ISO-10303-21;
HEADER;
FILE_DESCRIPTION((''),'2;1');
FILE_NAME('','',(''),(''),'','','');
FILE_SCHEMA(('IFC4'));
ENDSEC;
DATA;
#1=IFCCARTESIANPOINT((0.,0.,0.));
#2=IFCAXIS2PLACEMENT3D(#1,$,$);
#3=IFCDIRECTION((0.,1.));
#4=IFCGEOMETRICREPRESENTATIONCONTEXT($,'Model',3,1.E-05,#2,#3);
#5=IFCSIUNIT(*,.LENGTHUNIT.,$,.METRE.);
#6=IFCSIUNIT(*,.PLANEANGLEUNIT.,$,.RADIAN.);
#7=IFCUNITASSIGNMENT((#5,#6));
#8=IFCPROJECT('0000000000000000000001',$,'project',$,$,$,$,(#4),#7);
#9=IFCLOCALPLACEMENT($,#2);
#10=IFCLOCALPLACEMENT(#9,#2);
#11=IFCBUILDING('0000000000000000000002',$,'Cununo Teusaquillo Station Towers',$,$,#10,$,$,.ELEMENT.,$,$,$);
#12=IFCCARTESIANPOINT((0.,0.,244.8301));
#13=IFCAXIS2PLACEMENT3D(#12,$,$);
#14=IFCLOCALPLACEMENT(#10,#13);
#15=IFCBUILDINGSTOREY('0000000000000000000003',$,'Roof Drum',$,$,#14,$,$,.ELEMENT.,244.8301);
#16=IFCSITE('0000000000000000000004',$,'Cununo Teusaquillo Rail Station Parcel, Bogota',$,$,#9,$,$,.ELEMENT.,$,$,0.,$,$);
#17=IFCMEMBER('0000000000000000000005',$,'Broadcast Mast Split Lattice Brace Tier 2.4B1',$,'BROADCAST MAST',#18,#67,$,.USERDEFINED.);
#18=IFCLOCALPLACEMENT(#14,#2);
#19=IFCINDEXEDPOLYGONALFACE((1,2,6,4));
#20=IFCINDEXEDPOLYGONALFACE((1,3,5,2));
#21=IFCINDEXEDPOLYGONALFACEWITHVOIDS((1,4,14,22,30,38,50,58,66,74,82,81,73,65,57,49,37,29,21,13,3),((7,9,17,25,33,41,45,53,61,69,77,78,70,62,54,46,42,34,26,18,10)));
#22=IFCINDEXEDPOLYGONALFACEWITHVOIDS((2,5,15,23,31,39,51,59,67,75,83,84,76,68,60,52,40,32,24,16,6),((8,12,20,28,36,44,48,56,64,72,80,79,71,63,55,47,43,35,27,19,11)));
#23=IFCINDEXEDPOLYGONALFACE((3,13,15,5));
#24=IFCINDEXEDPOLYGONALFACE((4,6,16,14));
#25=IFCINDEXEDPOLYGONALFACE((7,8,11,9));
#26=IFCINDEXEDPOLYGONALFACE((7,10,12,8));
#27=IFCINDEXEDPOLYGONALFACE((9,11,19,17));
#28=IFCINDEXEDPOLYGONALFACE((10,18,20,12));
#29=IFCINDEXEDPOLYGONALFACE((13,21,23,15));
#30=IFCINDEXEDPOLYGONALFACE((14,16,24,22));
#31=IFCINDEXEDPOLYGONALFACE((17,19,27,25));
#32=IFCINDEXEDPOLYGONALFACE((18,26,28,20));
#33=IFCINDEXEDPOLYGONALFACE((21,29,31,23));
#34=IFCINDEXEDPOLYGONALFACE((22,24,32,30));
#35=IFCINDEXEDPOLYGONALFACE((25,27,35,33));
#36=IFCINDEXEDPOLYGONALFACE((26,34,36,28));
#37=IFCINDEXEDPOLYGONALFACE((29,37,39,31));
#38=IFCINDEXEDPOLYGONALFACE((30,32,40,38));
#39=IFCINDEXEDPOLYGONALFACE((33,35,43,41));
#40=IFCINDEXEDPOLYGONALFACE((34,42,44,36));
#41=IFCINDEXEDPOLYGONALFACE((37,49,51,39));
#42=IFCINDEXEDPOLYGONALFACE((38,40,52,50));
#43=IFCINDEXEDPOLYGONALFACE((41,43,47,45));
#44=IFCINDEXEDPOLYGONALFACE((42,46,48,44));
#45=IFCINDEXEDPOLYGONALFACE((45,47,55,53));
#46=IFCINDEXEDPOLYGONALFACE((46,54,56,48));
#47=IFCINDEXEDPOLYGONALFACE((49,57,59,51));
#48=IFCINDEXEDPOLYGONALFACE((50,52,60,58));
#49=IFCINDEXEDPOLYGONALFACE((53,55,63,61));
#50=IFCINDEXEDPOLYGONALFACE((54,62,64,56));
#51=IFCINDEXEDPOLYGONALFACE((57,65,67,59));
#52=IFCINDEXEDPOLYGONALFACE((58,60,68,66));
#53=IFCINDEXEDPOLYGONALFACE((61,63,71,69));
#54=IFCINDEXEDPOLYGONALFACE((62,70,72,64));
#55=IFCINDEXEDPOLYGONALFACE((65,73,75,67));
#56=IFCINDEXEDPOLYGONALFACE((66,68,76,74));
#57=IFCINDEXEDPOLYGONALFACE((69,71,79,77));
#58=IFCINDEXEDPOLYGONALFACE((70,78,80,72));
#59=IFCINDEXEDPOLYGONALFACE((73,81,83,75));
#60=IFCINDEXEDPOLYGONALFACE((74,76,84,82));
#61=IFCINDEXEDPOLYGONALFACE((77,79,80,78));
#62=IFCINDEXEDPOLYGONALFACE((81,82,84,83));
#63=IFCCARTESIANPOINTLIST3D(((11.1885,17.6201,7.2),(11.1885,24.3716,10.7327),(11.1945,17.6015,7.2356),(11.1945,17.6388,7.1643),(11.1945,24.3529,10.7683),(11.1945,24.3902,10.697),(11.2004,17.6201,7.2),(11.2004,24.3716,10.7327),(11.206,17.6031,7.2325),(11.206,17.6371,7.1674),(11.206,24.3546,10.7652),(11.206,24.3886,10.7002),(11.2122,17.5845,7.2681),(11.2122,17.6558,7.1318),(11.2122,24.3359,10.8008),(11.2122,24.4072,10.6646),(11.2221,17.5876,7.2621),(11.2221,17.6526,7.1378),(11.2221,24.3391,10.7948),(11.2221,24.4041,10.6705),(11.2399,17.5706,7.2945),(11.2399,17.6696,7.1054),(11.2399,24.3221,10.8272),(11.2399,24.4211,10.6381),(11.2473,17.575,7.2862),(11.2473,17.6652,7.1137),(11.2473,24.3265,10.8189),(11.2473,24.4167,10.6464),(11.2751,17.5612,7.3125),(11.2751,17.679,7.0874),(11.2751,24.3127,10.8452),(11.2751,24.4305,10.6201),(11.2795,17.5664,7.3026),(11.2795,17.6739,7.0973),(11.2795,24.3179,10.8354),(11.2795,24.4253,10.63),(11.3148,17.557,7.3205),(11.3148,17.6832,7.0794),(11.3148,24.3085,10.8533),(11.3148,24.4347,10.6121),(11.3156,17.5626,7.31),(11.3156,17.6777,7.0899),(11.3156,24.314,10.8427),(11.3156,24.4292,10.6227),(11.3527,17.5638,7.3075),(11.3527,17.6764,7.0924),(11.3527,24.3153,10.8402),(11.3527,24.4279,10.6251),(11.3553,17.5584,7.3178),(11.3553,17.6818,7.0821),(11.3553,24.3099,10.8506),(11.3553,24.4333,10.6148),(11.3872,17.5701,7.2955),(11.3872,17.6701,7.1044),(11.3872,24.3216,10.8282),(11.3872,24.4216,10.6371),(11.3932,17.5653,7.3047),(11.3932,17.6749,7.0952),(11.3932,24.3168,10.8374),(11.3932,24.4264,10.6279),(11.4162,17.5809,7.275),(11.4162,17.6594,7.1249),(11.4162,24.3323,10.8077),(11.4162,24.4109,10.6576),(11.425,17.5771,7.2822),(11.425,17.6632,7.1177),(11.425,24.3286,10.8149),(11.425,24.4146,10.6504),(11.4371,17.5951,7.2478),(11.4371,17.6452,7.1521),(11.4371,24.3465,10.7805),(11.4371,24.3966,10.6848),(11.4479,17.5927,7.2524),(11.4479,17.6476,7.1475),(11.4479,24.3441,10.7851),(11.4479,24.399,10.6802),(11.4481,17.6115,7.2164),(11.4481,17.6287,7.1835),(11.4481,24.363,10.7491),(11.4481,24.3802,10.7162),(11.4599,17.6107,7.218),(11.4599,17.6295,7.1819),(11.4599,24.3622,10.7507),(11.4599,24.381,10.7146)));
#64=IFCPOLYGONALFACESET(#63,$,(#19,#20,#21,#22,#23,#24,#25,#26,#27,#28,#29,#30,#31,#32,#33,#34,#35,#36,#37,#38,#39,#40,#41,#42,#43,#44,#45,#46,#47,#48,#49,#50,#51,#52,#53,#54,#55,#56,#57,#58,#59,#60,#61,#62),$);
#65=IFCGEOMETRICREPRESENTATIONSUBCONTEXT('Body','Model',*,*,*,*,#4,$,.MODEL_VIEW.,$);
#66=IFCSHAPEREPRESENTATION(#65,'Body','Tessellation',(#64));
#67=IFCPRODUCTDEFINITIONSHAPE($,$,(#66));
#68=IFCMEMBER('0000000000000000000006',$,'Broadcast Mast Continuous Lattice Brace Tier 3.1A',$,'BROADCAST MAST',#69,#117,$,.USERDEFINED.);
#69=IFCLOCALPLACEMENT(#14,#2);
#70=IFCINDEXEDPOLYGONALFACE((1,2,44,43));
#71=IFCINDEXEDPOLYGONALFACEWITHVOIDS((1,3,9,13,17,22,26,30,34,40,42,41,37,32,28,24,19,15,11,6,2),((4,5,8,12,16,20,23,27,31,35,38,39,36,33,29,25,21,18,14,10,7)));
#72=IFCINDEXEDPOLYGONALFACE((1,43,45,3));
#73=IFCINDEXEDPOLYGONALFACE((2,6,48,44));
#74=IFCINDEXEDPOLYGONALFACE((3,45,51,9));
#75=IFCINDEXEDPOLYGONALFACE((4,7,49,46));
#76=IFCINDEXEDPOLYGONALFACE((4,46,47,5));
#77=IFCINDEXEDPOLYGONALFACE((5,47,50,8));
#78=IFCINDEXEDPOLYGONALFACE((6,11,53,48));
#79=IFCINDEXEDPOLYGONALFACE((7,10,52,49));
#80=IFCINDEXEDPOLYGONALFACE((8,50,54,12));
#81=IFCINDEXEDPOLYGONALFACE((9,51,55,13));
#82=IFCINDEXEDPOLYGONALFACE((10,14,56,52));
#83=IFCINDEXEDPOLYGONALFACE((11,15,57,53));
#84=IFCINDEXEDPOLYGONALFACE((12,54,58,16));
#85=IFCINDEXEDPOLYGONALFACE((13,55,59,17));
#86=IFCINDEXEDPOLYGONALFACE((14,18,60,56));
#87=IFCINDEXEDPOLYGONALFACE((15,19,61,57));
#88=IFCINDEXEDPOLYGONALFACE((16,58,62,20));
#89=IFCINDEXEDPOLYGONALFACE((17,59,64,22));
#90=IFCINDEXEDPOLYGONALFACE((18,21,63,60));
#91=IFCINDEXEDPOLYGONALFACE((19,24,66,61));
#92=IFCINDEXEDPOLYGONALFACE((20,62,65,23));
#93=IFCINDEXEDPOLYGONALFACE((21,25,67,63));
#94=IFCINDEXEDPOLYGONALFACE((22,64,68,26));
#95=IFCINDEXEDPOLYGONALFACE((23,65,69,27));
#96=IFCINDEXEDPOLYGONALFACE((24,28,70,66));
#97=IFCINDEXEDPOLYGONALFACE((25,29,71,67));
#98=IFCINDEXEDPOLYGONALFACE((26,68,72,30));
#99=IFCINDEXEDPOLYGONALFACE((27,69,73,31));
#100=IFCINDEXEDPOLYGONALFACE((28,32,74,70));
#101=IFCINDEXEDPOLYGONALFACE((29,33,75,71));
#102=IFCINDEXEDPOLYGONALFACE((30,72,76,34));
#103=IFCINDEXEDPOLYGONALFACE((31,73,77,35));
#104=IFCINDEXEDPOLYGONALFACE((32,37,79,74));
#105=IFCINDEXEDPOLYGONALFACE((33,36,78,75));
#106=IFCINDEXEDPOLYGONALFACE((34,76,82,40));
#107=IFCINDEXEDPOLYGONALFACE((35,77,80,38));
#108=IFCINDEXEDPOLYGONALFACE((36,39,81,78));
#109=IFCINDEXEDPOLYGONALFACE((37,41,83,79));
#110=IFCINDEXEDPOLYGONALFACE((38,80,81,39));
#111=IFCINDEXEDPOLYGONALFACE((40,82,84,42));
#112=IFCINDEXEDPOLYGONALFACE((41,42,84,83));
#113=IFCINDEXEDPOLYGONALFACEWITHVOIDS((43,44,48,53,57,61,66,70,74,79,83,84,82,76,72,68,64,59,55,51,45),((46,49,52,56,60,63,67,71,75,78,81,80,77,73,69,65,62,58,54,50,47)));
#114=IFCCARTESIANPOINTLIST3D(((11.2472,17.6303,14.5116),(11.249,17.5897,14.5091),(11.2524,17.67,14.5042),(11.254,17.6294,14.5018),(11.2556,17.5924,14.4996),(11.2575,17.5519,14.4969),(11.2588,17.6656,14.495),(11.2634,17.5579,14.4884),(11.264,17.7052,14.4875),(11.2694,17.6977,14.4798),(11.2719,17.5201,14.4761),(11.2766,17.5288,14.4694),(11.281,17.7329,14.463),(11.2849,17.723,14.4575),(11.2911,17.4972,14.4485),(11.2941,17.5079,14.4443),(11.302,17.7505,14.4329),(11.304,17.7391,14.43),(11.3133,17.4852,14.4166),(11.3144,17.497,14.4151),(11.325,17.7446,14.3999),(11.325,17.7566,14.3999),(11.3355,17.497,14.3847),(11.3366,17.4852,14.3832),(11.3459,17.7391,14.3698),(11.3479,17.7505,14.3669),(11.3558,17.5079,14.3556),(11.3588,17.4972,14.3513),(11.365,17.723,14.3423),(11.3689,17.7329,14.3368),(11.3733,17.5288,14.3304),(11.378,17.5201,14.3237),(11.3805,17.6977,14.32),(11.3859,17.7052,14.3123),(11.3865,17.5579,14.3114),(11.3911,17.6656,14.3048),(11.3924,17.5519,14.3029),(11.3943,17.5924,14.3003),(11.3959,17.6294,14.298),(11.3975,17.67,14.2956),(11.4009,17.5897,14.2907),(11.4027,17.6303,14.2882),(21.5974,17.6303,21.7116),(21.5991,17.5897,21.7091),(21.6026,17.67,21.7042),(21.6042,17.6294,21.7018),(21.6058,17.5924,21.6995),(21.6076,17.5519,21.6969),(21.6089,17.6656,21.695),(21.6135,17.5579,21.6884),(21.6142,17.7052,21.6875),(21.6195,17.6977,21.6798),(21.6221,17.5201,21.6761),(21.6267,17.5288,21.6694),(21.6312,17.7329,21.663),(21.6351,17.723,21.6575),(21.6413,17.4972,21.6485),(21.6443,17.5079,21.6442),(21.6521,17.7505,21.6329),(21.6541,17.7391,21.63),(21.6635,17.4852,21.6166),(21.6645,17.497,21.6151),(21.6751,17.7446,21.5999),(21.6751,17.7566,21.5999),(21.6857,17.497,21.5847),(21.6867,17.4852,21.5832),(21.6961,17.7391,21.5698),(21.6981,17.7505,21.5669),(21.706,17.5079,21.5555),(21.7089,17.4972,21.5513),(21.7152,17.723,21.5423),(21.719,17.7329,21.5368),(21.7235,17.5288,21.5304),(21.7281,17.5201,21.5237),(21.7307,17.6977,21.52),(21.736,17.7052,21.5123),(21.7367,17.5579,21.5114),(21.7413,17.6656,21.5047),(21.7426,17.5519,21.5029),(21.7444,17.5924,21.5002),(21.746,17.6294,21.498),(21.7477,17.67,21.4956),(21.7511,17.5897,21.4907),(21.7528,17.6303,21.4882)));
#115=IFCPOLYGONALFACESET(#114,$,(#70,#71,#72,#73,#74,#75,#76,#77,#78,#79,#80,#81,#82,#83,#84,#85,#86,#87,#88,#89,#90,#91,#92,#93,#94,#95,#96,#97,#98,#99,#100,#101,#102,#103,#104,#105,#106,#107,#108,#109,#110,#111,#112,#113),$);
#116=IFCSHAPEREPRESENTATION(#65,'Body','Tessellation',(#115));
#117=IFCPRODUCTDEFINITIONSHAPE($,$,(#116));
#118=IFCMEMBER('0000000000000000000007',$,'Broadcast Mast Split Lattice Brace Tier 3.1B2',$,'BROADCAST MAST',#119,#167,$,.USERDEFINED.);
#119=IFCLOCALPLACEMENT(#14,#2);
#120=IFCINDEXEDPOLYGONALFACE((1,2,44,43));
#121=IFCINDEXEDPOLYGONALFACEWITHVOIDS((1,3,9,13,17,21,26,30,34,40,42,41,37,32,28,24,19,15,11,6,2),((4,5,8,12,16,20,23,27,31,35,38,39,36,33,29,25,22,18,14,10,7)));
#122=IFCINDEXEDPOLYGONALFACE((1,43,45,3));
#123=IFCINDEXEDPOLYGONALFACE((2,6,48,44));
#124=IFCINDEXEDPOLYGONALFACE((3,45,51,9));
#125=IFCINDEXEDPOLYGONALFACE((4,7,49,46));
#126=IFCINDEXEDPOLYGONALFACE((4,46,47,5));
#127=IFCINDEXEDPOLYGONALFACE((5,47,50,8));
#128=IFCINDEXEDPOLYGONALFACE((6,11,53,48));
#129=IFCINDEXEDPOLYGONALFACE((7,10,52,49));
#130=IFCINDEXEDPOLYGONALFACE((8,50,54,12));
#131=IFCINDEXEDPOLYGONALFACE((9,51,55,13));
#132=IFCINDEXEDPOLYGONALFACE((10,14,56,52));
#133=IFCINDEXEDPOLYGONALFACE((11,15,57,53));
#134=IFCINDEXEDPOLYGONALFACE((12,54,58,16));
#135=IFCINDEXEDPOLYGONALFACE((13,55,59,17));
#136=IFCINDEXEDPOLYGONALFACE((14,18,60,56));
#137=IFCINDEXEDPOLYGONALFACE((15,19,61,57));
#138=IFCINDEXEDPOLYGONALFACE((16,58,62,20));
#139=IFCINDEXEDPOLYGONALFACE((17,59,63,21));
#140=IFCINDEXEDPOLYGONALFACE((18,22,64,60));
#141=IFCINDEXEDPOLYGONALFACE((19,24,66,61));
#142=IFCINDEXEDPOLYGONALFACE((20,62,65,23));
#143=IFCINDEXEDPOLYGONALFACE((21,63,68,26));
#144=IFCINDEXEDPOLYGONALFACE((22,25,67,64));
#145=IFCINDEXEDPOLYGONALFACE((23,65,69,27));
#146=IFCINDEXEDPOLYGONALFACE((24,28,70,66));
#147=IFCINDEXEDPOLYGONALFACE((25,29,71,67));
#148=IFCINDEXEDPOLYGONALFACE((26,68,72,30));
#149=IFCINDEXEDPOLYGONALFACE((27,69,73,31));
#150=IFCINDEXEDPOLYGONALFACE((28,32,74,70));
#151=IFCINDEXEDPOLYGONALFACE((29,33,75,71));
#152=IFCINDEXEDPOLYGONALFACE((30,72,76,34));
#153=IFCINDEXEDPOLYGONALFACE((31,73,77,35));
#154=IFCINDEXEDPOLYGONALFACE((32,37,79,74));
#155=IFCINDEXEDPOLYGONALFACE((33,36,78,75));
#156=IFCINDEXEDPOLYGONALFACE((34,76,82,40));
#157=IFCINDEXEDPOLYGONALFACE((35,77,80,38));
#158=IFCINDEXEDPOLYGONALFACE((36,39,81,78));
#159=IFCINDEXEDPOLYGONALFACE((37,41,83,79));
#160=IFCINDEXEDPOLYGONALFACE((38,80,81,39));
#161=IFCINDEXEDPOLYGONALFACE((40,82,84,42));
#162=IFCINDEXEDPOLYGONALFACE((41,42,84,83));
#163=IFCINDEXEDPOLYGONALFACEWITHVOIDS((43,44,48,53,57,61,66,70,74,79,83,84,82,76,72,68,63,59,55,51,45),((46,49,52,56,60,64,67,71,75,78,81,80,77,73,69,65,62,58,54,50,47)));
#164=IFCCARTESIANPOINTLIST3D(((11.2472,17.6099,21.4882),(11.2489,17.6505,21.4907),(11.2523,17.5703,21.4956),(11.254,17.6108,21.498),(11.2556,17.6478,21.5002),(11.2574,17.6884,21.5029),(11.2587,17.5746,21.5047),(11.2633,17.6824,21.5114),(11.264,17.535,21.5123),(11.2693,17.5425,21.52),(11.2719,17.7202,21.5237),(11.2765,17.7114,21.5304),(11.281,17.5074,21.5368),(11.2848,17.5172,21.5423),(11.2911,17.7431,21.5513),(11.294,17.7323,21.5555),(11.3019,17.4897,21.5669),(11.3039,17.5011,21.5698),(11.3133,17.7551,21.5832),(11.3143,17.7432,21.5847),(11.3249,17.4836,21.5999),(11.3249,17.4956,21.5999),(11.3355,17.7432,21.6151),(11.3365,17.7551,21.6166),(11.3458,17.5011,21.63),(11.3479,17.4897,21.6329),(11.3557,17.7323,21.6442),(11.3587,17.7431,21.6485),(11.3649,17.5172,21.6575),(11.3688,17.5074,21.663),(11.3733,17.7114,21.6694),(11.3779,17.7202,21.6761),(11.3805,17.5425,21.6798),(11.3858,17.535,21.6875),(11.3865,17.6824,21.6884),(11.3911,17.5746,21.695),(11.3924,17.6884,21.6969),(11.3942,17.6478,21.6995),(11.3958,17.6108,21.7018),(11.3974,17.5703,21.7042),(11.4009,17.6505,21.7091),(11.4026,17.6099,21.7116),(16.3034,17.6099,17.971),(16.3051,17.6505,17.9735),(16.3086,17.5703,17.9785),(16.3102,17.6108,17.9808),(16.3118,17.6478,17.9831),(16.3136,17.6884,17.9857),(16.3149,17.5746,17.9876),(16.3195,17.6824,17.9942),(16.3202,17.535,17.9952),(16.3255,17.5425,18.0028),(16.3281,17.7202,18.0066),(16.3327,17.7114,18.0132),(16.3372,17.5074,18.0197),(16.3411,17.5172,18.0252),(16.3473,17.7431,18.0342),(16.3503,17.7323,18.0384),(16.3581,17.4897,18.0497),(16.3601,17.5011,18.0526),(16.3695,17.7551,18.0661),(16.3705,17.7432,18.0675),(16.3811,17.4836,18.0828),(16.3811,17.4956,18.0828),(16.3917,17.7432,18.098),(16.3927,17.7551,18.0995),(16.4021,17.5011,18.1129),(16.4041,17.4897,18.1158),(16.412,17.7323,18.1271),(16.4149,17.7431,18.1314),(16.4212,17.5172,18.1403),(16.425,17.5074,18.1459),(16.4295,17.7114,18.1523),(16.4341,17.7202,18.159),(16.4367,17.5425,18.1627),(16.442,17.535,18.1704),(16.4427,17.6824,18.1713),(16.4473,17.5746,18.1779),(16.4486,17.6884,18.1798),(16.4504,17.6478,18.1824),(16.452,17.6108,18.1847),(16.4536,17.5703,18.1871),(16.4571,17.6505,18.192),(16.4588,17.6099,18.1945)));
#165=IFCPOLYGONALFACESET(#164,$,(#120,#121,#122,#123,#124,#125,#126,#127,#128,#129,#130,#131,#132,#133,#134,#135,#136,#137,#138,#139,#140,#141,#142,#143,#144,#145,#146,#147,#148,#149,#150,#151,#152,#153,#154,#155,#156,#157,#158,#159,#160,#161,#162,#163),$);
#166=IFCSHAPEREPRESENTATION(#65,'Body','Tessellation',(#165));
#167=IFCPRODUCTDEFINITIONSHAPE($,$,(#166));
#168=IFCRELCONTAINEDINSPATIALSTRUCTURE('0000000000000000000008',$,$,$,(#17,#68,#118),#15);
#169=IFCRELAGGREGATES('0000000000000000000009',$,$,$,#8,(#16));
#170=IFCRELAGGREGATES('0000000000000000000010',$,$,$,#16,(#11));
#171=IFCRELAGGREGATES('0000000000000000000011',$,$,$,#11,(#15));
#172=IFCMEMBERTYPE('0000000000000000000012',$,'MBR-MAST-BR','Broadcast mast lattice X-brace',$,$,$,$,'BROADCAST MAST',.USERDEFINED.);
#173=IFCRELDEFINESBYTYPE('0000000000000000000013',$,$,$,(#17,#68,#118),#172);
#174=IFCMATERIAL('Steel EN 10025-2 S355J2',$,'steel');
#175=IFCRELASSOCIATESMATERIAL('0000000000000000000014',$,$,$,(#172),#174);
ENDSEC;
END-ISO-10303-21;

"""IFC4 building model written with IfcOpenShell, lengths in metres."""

from ifc_helpers import new_model, si_unit, direction, frame, origin, origin_2d, place, context, subcontext, project, spatial, hollow_circle, extrude, material, material_profile, profile_set, type_object, element, save


model = new_model("IFC4")

# Units and contexts
model_context = context("Model", 3, precision=1e-05, world=origin(), true_north=direction((0.0, 1.0)))
body_context = subcontext(model_context, "Body", "Model", "MODEL_VIEW")
ifc_project = project(units=[si_unit("LENGTHUNIT", "METRE"), si_unit("PLANEANGLEUNIT", "RADIAN")], contexts=[model_context])

# Site, building, storey
site_placement = place(None, origin())
site = spatial("IfcSite", under=ifc_project, at=site_placement, Name="Cununo Teusaquillo Rail Station Parcel, Bogota", CompositionType="ELEMENT", RefElevation=0.0)
building_placement = place(site_placement, origin())
building = spatial("IfcBuilding", under=site, at=building_placement, Name="Cununo Teusaquillo Station Towers", CompositionType="ELEMENT")
storey_placement = place(building_placement, frame((0.0, 0.0, 244.8301)))
storey = spatial("IfcBuildingStorey", under=building, at=storey_placement, Name="Roof Drum", CompositionType="ELEMENT", Elevation=244.8301)

# Members
ifc_material_1 = material(Name="Steel EN 10025-2 S355J2", Category="steel")
ifc_material_profile_1 = material_profile(ifc_material_1, hollow_circle(Radius=0.1365, WallThickness=0.012, at=origin_2d()), Name="CHS 273x12")
ifc_profile_set_1 = profile_set([ifc_material_profile_1], Name="Steel EN 10025-2 S355J2")
member_type = type_object("IfcMemberType", Name="MBR-MAST-BR", Description="Broadcast mast lattice X-brace", ElementType="BROADCAST MAST", PredefinedType="USERDEFINED", material=ifc_profile_set_1)
member_1_placement = place(storey_placement, frame((11.325, 17.6201, 7.2), z_axis=(0.0, 0.886035, 0.463619), x_axis=(-1.0, 0.0, 0.0)))
element("IfcMember", 1, at=member_1_placement, inside=storey, type_object=member_type, Name="Broadcast Mast Split Lattice Brace Tier 2.4B1", ObjectType="BROADCAST MAST", PredefinedType="USERDEFINED", context=body_context, shape_type="SweptSolid", body=[
    extrude(hollow_circle(Radius=0.1365, WallThickness=0.012, at=origin_2d()), origin(), (0.0, 0.0, 1.0), 7.6199),
])
member_2_placement = place(storey_placement, frame((11.325, 17.6201, 14.3999), z_axis=(0.82091, 0.0, 0.571058), x_axis=(0.0, 1.0, 0.0)))
element("IfcMember", 2, at=member_2_placement, inside=storey, type_object=member_type, Name="Broadcast Mast Continuous Lattice Brace Tier 3.1A", ObjectType="BROADCAST MAST", PredefinedType="USERDEFINED", context=body_context, shape_type="SweptSolid", body=[
    extrude(hollow_circle(Radius=0.1365, WallThickness=0.012, at=origin_2d()), origin(), (0.0, 0.0, 1.0), 12.6082),
])
member_3_placement = place(storey_placement, frame((16.3811, 17.6201, 18.0828), z_axis=(-0.820923, 0.0, 0.571039), x_axis=(0.0, -1.0, 0.0)))
element("IfcMember", 3, at=member_3_placement, inside=storey, type_object=member_type, Name="Broadcast Mast Split Lattice Brace Tier 3.1B2", ObjectType="BROADCAST MAST", PredefinedType="USERDEFINED", context=body_context, shape_type="SweptSolid", body=[
    extrude(hollow_circle(Radius=0.1365, WallThickness=0.012, at=origin_2d()), origin(), (0.0, 0.0, 1.0), 6.1592),
])

save(model, "model.ifc")
